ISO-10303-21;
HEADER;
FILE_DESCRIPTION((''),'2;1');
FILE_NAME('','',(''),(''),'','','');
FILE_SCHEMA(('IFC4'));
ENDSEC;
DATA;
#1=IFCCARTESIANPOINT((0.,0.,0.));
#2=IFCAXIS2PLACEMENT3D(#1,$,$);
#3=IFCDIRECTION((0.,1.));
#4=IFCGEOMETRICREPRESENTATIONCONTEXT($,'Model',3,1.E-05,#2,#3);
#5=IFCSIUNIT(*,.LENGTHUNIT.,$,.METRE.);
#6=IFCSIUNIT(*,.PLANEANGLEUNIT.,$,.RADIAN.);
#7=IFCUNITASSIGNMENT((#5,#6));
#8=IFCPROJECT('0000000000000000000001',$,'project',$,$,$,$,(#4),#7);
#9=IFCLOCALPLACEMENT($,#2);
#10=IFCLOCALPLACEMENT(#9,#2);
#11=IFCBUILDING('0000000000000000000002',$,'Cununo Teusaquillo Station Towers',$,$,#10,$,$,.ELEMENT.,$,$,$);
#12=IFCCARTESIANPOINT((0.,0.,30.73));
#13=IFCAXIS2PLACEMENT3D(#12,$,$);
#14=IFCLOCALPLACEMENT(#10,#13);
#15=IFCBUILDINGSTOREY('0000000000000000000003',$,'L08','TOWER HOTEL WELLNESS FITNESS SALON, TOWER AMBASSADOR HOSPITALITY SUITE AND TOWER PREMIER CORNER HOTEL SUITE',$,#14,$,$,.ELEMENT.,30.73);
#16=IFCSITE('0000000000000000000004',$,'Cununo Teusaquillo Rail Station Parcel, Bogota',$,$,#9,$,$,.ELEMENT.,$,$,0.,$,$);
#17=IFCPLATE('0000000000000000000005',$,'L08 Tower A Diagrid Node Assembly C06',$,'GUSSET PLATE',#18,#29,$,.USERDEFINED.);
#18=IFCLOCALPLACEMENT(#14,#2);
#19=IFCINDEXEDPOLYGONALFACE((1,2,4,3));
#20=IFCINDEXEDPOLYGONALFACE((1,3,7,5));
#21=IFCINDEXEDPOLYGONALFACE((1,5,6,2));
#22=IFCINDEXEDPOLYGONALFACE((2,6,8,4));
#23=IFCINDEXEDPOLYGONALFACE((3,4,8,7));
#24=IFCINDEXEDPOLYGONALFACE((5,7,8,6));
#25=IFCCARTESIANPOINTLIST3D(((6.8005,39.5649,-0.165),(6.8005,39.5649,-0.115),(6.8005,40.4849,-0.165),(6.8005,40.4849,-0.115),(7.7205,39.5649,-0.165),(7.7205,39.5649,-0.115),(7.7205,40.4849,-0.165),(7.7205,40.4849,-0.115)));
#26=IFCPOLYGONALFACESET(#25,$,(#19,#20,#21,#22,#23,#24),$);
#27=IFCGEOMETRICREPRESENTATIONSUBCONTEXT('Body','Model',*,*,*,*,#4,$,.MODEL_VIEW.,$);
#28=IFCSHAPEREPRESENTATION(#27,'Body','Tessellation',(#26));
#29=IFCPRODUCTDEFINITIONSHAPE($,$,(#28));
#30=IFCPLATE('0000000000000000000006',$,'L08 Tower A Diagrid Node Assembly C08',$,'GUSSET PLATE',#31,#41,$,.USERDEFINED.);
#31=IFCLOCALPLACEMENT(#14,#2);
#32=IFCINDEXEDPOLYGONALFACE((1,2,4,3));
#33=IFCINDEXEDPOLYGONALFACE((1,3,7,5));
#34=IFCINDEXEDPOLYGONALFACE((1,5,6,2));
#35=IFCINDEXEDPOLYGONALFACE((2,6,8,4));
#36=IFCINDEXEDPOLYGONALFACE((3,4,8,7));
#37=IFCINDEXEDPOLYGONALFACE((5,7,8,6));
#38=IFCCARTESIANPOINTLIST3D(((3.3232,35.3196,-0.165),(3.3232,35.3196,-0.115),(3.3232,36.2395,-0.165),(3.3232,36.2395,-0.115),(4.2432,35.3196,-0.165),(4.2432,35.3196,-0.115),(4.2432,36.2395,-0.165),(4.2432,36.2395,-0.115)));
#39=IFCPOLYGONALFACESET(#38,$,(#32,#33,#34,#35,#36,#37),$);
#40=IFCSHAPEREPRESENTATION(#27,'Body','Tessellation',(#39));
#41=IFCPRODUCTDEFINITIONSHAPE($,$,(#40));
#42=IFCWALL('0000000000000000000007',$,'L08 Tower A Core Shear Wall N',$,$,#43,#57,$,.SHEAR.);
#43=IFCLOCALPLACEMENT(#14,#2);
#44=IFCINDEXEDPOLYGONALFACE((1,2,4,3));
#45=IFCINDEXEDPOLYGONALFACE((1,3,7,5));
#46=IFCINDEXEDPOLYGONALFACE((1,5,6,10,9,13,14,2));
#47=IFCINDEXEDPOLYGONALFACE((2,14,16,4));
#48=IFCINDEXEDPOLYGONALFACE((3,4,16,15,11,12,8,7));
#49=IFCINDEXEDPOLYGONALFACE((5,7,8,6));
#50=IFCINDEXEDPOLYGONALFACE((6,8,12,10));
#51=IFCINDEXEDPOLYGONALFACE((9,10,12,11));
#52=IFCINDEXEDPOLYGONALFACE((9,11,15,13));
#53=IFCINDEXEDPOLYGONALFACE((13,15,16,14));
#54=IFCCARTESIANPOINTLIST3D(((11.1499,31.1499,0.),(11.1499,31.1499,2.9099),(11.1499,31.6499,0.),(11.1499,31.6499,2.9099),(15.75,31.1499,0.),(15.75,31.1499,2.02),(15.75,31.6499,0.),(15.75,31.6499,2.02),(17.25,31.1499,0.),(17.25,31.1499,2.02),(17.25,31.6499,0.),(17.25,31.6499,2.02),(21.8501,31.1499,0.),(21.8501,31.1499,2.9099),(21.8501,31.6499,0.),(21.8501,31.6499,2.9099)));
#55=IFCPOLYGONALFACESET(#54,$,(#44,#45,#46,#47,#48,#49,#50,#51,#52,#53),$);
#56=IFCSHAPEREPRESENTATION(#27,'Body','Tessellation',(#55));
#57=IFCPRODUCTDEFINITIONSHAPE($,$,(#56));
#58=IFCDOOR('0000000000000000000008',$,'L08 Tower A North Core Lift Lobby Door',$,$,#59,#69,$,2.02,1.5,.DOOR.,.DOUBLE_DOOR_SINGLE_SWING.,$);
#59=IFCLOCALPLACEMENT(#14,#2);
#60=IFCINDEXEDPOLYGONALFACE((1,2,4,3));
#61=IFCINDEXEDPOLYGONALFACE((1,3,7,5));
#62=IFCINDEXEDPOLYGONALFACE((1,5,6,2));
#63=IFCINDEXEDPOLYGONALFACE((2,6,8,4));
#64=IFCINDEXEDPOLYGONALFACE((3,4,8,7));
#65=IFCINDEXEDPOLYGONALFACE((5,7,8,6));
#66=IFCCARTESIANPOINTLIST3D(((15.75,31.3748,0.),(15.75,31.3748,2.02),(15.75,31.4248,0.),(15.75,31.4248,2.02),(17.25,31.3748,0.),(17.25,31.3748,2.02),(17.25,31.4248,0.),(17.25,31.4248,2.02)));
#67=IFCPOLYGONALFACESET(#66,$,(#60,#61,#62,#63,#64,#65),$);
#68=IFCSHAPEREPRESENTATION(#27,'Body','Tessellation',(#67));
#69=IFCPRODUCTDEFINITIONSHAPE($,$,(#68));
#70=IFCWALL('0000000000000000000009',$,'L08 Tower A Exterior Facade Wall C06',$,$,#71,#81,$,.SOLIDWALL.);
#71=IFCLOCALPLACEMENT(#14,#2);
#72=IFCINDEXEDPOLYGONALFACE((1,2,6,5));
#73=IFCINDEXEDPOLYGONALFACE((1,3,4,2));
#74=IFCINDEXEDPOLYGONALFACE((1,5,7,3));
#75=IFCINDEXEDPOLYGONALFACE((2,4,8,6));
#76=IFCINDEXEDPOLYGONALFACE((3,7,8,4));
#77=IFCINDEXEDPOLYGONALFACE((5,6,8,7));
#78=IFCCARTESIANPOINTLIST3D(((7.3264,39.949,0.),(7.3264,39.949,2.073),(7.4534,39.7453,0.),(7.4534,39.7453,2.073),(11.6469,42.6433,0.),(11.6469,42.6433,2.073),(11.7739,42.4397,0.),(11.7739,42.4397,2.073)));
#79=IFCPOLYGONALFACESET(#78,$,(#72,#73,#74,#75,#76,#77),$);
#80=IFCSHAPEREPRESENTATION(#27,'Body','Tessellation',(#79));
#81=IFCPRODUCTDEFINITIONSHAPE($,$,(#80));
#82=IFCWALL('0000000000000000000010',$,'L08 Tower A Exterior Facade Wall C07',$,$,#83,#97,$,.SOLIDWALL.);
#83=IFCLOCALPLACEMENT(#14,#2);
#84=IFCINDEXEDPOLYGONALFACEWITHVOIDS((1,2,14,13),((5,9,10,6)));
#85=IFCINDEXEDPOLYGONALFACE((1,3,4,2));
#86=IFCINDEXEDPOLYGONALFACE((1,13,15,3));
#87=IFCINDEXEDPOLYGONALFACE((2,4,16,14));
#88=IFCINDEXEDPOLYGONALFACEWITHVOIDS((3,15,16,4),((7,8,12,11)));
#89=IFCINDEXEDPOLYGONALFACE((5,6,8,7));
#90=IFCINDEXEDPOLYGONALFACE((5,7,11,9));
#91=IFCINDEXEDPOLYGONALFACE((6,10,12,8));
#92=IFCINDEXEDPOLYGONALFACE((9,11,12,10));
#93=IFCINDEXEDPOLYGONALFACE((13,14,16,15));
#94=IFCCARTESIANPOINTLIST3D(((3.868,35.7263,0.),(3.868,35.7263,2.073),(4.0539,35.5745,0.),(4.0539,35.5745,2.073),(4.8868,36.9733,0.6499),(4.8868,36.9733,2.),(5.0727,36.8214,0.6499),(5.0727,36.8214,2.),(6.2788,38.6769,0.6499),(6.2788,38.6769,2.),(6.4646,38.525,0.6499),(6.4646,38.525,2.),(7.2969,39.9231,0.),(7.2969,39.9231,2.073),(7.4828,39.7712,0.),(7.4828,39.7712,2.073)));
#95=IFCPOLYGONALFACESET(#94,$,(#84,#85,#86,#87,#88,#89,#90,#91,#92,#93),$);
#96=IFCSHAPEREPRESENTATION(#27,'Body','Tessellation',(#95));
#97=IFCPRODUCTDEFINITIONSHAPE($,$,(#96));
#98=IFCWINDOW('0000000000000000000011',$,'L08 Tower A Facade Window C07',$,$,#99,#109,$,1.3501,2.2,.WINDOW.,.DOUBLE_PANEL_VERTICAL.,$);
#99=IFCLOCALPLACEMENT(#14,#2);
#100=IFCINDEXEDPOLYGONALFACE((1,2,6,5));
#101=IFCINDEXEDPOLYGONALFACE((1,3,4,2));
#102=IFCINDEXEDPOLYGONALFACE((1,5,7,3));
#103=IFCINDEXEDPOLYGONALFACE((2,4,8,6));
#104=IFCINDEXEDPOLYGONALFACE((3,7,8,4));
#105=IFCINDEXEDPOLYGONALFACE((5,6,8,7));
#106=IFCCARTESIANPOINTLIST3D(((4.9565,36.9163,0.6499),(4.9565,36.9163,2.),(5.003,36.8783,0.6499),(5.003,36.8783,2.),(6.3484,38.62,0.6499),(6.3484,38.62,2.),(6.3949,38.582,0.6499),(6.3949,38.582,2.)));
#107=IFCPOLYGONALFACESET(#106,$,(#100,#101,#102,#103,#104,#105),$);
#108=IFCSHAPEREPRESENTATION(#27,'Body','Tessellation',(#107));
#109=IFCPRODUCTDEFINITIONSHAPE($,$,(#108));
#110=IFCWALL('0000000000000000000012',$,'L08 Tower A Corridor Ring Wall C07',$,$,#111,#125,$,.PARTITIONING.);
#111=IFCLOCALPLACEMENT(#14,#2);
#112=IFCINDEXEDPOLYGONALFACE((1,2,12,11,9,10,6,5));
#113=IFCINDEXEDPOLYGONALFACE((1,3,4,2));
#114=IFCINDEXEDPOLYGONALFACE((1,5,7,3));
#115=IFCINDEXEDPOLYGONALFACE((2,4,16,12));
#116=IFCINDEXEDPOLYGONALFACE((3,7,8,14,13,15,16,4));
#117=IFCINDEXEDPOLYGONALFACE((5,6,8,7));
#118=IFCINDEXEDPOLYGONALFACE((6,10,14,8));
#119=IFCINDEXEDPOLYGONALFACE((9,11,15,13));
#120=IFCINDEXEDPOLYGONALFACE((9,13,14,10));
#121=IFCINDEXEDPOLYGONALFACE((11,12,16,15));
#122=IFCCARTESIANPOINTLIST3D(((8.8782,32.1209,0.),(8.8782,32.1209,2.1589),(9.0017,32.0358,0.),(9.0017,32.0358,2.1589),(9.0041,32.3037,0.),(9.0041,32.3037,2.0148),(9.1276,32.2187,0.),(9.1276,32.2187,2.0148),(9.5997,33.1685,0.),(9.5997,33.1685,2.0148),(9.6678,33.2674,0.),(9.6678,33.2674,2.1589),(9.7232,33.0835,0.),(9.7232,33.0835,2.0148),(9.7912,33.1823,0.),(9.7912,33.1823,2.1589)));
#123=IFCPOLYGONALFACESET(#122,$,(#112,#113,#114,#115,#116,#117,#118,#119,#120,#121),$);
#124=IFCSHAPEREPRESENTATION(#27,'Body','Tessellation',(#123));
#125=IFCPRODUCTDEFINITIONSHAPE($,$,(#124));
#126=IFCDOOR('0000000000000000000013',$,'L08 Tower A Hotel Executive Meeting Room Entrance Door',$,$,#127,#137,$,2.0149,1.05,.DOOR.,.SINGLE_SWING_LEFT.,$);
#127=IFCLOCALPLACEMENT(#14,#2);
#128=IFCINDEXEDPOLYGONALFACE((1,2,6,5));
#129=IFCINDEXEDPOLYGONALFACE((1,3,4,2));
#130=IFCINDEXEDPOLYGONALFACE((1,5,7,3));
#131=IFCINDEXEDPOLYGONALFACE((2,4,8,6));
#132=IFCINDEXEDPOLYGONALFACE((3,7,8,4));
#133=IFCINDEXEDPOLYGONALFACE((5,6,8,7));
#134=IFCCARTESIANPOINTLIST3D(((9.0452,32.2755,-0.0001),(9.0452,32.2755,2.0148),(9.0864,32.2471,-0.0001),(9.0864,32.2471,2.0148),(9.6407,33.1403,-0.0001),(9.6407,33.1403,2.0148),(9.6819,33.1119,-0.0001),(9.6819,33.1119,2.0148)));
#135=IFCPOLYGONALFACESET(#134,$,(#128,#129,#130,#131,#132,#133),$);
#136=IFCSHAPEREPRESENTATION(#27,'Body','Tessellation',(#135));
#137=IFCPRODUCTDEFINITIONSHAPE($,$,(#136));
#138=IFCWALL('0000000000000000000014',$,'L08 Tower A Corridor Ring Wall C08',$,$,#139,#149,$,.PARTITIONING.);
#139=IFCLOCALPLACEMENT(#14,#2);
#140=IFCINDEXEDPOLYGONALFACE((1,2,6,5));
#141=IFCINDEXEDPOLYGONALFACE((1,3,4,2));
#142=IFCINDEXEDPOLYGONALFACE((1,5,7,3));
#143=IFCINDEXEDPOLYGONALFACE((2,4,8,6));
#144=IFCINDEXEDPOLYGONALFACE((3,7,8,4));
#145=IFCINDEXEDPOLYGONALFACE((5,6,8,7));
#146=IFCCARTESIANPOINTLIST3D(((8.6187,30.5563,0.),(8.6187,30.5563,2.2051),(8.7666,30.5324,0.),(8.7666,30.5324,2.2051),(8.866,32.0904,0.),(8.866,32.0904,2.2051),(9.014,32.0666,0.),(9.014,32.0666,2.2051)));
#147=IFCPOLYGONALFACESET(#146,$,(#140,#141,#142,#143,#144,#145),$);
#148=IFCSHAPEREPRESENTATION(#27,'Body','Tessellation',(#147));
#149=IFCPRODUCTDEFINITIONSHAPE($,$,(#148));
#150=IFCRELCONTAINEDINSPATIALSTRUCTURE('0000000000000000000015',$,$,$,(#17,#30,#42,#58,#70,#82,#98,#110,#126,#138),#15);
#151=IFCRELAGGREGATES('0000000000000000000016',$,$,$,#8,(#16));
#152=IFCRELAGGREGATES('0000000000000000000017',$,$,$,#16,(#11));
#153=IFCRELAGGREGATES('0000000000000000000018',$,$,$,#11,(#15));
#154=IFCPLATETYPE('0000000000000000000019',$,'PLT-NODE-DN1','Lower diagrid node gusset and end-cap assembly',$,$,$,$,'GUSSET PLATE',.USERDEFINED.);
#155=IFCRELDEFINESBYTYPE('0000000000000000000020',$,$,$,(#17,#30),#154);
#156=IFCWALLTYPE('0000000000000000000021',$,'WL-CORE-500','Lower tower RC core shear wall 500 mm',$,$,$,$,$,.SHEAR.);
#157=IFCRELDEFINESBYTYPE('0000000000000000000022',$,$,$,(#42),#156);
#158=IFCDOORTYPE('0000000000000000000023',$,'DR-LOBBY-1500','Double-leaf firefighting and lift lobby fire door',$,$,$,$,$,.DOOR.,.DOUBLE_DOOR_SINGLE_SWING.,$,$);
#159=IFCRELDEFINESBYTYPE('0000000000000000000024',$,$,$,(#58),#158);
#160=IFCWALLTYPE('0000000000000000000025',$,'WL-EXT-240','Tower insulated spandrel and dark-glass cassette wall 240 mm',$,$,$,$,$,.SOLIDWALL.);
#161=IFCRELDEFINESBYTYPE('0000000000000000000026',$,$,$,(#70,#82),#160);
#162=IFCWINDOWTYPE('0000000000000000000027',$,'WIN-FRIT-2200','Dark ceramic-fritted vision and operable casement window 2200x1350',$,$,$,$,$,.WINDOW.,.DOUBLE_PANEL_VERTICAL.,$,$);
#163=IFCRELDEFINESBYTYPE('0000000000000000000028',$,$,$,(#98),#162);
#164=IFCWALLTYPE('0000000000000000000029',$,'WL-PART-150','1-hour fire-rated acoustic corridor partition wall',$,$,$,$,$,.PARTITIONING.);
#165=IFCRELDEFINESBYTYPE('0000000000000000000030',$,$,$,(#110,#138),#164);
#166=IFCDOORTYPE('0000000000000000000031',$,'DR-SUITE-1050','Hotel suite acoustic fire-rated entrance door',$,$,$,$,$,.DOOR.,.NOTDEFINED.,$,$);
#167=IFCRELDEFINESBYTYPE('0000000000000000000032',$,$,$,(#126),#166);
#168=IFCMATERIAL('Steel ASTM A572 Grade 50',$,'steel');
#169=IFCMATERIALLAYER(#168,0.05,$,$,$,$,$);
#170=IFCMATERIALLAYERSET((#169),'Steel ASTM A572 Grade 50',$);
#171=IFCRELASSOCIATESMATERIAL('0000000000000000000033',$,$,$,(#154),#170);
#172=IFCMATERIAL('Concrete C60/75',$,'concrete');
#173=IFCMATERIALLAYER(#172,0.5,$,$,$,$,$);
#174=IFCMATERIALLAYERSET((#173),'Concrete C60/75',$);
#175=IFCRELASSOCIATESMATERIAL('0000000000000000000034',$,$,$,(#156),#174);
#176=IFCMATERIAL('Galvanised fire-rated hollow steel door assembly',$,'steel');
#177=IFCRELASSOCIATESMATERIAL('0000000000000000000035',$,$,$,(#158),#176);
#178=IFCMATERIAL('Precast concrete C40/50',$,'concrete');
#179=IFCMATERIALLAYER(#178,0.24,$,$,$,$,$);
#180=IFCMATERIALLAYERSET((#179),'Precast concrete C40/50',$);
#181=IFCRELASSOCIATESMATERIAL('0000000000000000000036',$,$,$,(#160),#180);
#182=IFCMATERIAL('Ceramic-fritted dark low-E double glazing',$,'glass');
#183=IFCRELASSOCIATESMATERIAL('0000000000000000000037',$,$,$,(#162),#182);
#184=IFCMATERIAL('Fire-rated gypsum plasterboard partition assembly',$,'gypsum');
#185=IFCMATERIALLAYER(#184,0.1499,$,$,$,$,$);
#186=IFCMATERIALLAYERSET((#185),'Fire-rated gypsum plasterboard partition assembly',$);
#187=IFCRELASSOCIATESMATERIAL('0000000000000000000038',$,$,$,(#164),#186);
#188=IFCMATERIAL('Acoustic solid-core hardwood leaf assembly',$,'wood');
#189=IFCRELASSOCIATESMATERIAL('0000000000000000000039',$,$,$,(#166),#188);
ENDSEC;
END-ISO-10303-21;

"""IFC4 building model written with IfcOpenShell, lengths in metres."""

from ifc_helpers import new_model, si_unit, direction, frame, frame_2d, origin, origin_2d, place, context, subcontext, project, spatial, rectangle, extrude, source, transform, mapped, material, layer, layer_set, type_object, element, fill, save


model = new_model("IFC4")

# Units and contexts
model_context = context("Model", 3, precision=1e-05, world=origin(), true_north=direction((0.0, 1.0)))
body_context = subcontext(model_context, "Body", "Model", "MODEL_VIEW")
ifc_project = project(units=[si_unit("LENGTHUNIT", "METRE"), si_unit("PLANEANGLEUNIT", "RADIAN")], contexts=[model_context])

# Site, building, storey
site_placement = place(None, origin())
site = spatial("IfcSite", under=ifc_project, at=site_placement, Name="Cununo Teusaquillo Rail Station Parcel, Bogota", CompositionType="ELEMENT", RefElevation=0.0)
building_placement = place(site_placement, origin())
building = spatial("IfcBuilding", under=site, at=building_placement, Name="Cununo Teusaquillo Station Towers", CompositionType="ELEMENT")
storey_placement = place(building_placement, frame((0.0, 0.0, 30.73)))
storey = spatial("IfcBuildingStorey", under=building, at=storey_placement, Name="L08", Description="TOWER HOTEL WELLNESS FITNESS SALON, TOWER AMBASSADOR HOSPITALITY SUITE AND TOWER PREMIER CORNER HOTEL SUITE", CompositionType="ELEMENT", Elevation=30.73)

# Plates
ifc_material_1 = material(Name="Steel ASTM A572 Grade 50", Category="steel")
ifc_layer_1 = layer(ifc_material_1, 0.05)
ifc_layer_set_1 = layer_set([ifc_layer_1], Name="Steel ASTM A572 Grade 50")
plate_type = type_object("IfcPlateType", Name="PLT-NODE-DN1", Description="Lower diagrid node gusset and end-cap assembly", ElementType="GUSSET PLATE", PredefinedType="USERDEFINED", material=ifc_layer_set_1)
shared_shape_1 = source(origin(), body_context, "Body", "SweptSolid", [
    extrude(rectangle(XDim=0.9199, YDim=0.9199, at=origin_2d()), origin(), (0.0, 0.0, 1.0), 0.05),
])
for number, where, z_axis, x_axis, name in (
    (1, (7.2605, 40.0249, -0.165), (0.0, 0.0, 1.0), (1.0, 0.0, 0.0), "L08 Tower A Diagrid Node Assembly C06"),
    (2, (3.7832, 35.7795, -0.165), (0.0, 0.0, 1.0), (1.0, 0.0, 0.0), "L08 Tower A Diagrid Node Assembly C08"),
):
    element("IfcPlate", number, at=place(storey_placement, frame(where, z_axis=z_axis, x_axis=x_axis)), inside=storey, type_object=plate_type, Name=name, ObjectType="GUSSET PLATE", PredefinedType="USERDEFINED", context=body_context, shape_type="MappedRepresentation", body=[
        mapped(shared_shape_1, transform((0.0, 0.0, 0.0), x_axis=(1.0, 0.0, 0.0), y_axis=(0.0, 1.0, 0.0), z_axis=(0.0, 0.0, 1.0), scale=1.0)),
    ])

# Wall, opening, door
ifc_material_2 = material(Name="Concrete C60/75", Category="concrete")
ifc_layer_2 = layer(ifc_material_2, 0.5)
ifc_layer_set_2 = layer_set([ifc_layer_2], Name="Concrete C60/75")
wall_type_1 = type_object("IfcWallType", Name="WL-CORE-500", Description="Lower tower RC core shear wall 500 mm", PredefinedType="SHEAR", material=ifc_layer_set_2)
wall_1_placement = place(storey_placement, frame((11.1499, 31.3999, 0.0), z_axis=(0.0, 0.0, 1.0), x_axis=(1.0, 0.0, 0.0)))
wall_1 = element("IfcWall", 3, at=wall_1_placement, inside=storey, type_object=wall_type_1, Name="L08 Tower A Core Shear Wall N", PredefinedType="SHEAR", context=body_context, shape_type="SweptSolid", body=[
    extrude(rectangle(XDim=10.7002, YDim=0.5, at=frame_2d((5.3501, 0.0))), origin(), (0.0, 0.0, 1.0), 2.9099),
])
shared_shape_2 = source(origin(), body_context, "Body", "SweptSolid", [
    extrude(rectangle(XDim=1.5, YDim=2.02, at=frame_2d((0.75, 1.01))), frame((0.0, 0.26, 0.0), z_axis=(0.0, -1.0, 0.0), x_axis=(1.0, 0.0, 0.0)), (0.0, 0.0, 1.0), 0.52),
])
opening_1_placement = place(wall_1_placement, frame((4.6001, 0.0, 0.0)))
opening_1 = element("IfcOpeningElement", 4, at=opening_1_placement, cuts=wall_1, PredefinedType="OPENING", context=body_context, shape_type="MappedRepresentation", body=[
    mapped(shared_shape_2, transform((0.0, 0.0, 0.0), x_axis=(1.0, 0.0, 0.0), y_axis=(0.0, 1.0, 0.0), z_axis=(0.0, 0.0, 1.0), scale=1.0)),
])
ifc_material_3 = material(Name="Galvanised fire-rated hollow steel door assembly", Category="steel")
door_type_1 = type_object("IfcDoorType", Name="DR-LOBBY-1500", Description="Double-leaf firefighting and lift lobby fire door", OperationType="DOUBLE_DOOR_SINGLE_SWING", PredefinedType="DOOR", material=ifc_material_3)
shared_shape_3 = source(origin(), body_context, "Body", "SweptSolid", [
    extrude(rectangle(XDim=1.5, YDim=2.02, at=frame_2d((0.75, 1.01))), frame((0.0, 0.0249, 0.0), z_axis=(0.0, -1.0, 0.0), x_axis=(1.0, 0.0, 0.0)), (0.0, 0.0, 1.0), 0.05),
])
door_1_placement = place(opening_1_placement, origin())
door_1 = element("IfcDoor", 5, at=door_1_placement, inside=storey, type_object=door_type_1, Name="L08 Tower A North Core Lift Lobby Door", OperationType="DOUBLE_DOOR_SINGLE_SWING", OverallHeight=2.02, OverallWidth=1.5, PredefinedType="DOOR", context=body_context, shape_type="MappedRepresentation", body=[
    mapped(shared_shape_3, transform((0.0, 0.0, 0.0), x_axis=(1.0, 0.0, 0.0), y_axis=(0.0, 1.0, 0.0), z_axis=(0.0, 0.0, 1.0), scale=1.0)),
])
fill(opening_1, door_1)

# Wall
ifc_material_4 = material(Name="Precast concrete C40/50", Category="concrete")
ifc_layer_3 = layer(ifc_material_4, 0.24)
ifc_layer_set_3 = layer_set([ifc_layer_3], Name="Precast concrete C40/50")
wall_type_2 = type_object("IfcWallType", Name="WL-EXT-240", Description="Tower insulated spandrel and dark-glass cassette wall 240 mm", PredefinedType="SOLIDWALL", material=ifc_layer_set_3)
wall_2_placement = place(storey_placement, frame((7.3899, 39.8472, 0.0), z_axis=(0.0, 0.0, 1.0), x_axis=(0.848529, 0.52915, 0.0)))
element("IfcWall", 6, at=wall_2_placement, inside=storey, type_object=wall_type_2, Name="L08 Tower A Exterior Facade Wall C06", PredefinedType="SOLIDWALL", context=body_context, shape_type="SweptSolid", body=[
    extrude(rectangle(XDim=5.0918, YDim=0.24, at=frame_2d((2.5459, 0.0))), origin(), (0.0, 0.0, 1.0), 2.073),
])

# Wall, opening, window
wall_3_placement = place(storey_placement, frame((3.9609, 35.6504, 0.0), z_axis=(0.0, 0.0, 1.0), x_axis=(0.63271, 0.774389, 0.0)))
wall_3 = element("IfcWall", 7, at=wall_3_placement, inside=storey, type_object=wall_type_2, Name="L08 Tower A Exterior Facade Wall C07", PredefinedType="SOLIDWALL", context=body_context, shape_type="SweptSolid", body=[
    extrude(rectangle(XDim=5.4194, YDim=0.24, at=frame_2d((2.7097, 0.0))), origin(), (0.0, 0.0, 1.0), 2.073),
])
shared_shape_4 = source(origin(), body_context, "Body", "SweptSolid", [
    extrude(rectangle(XDim=2.2, YDim=1.3501, at=frame_2d((1.1001, 0.675))), frame((0.0, 0.1299, 0.0), z_axis=(0.0, -1.0, 0.0), x_axis=(1.0, 0.0, 0.0)), (0.0, 0.0, 1.0), 0.26),
])
opening_2_placement = place(wall_3_placement, frame((1.6101, 0.0, 0.6499)))
opening_2 = element("IfcOpeningElement", 8, at=opening_2_placement, cuts=wall_3, PredefinedType="OPENING", context=body_context, shape_type="MappedRepresentation", body=[
    mapped(shared_shape_4, transform((0.0, 0.0, 0.0), x_axis=(1.0, 0.0, 0.0), y_axis=(0.0, 1.0, 0.0), z_axis=(0.0, 0.0, 1.0), scale=1.0)),
])
ifc_material_5 = material(Name="Ceramic-fritted dark low-E double glazing", Category="glass")
window_type = type_object("IfcWindowType", Name="WIN-FRIT-2200", Description="Dark ceramic-fritted vision and operable casement window 2200x1350", PartitioningType="DOUBLE_PANEL_VERTICAL", PredefinedType="WINDOW", material=ifc_material_5)
shared_shape_5 = source(origin(), body_context, "Body", "SweptSolid", [
    extrude(rectangle(XDim=2.2, YDim=1.3501, at=frame_2d((1.1001, 0.675))), frame((0.0, 0.03, 0.0), z_axis=(0.0, -1.0, 0.0), x_axis=(1.0, 0.0, 0.0)), (0.0, 0.0, 1.0), 0.0601),
])
window_placement = place(opening_2_placement, origin())
window = element("IfcWindow", 9, at=window_placement, inside=storey, type_object=window_type, Name="L08 Tower A Facade Window C07", OverallHeight=1.3501, OverallWidth=2.2, PartitioningType="DOUBLE_PANEL_VERTICAL", PredefinedType="WINDOW", context=body_context, shape_type="MappedRepresentation", body=[
    mapped(shared_shape_5, transform((0.0, 0.0, 0.0), x_axis=(1.0, 0.0, 0.0), y_axis=(0.0, 1.0, 0.0), z_axis=(0.0, 0.0, 1.0), scale=1.0)),
])
fill(opening_2, window)

# Wall, opening, door
ifc_material_6 = material(Name="Fire-rated gypsum plasterboard partition assembly", Category="gypsum")
ifc_layer_4 = layer(ifc_material_6, 0.1499)
ifc_layer_set_4 = layer_set([ifc_layer_4], Name="Fire-rated gypsum plasterboard partition assembly")
wall_type_3 = type_object("IfcWallType", Name="WL-PART-150", Description="1-hour fire-rated acoustic corridor partition wall", PredefinedType="PARTITIONING", material=ifc_layer_set_4)
wall_4_placement = place(storey_placement, frame((9.7295, 33.2249, 0.0), z_axis=(0.0, 0.0, 1.0), x_axis=(-0.567184, -0.823591, 0.0)))
wall_4 = element("IfcWall", 10, at=wall_4_placement, inside=storey, type_object=wall_type_3, Name="L08 Tower A Corridor Ring Wall C07", PredefinedType="PARTITIONING", context=body_context, shape_type="SweptSolid", body=[
    extrude(rectangle(XDim=1.3921, YDim=0.1499, at=frame_2d((0.696, 0.0))), origin(), (0.0, 0.0, 1.0), 2.1589),
])
shared_shape_6 = source(origin(), body_context, "Body", "SweptSolid", [
    extrude(rectangle(XDim=1.05, YDim=2.0149, at=frame_2d((0.5249, 1.0073))), frame((0.0, 0.085, 0.0), z_axis=(0.0, -1.0, 0.0), x_axis=(1.0, 0.0, 0.0)), (0.0, 0.0, 1.0), 0.1699),
])
opening_3_placement = place(wall_4_placement, frame((0.1201, 0.0, 0.0)))
opening_3 = element("IfcOpeningElement", 11, at=opening_3_placement, cuts=wall_4, PredefinedType="OPENING", context=body_context, shape_type="MappedRepresentation", body=[
    mapped(shared_shape_6, transform((0.0, 0.0, 0.0), x_axis=(1.0, 0.0, 0.0), y_axis=(0.0, 1.0, 0.0), z_axis=(0.0, 0.0, 1.0), scale=1.0)),
])
ifc_material_7 = material(Name="Acoustic solid-core hardwood leaf assembly", Category="wood")
door_type_2 = type_object("IfcDoorType", Name="DR-SUITE-1050", Description="Hotel suite acoustic fire-rated entrance door", OperationType="NOTDEFINED", PredefinedType="DOOR", material=ifc_material_7)
shared_shape_7 = source(origin(), body_context, "Body", "SweptSolid", [
    extrude(rectangle(XDim=1.05, YDim=2.0149, at=frame_2d((0.5249, 1.0073))), frame((0.0, 0.0249, 0.0), z_axis=(0.0, -1.0, 0.0), x_axis=(1.0, 0.0, 0.0)), (0.0, 0.0, 1.0), 0.05),
])
door_2_placement = place(opening_3_placement, origin())
door_2 = element("IfcDoor", 12, at=door_2_placement, inside=storey, type_object=door_type_2, Name="L08 Tower A Hotel Executive Meeting Room Entrance Door", OperationType="SINGLE_SWING_LEFT", OverallHeight=2.0149, OverallWidth=1.05, PredefinedType="DOOR", context=body_context, shape_type="MappedRepresentation", body=[
    mapped(shared_shape_7, transform((0.0, 0.0, 0.0), x_axis=(1.0, 0.0, 0.0), y_axis=(0.0, 1.0, 0.0), z_axis=(0.0, 0.0, 1.0), scale=1.0)),
])
fill(opening_3, door_2)

# Wall
wall_5_placement = place(storey_placement, frame((8.9399, 32.0784, 0.0), z_axis=(0.0, 0.0, 1.0), x_axis=(-0.159148, -0.987255, 0.0)))
element("IfcWall", 13, at=wall_5_placement, inside=storey, type_object=wall_type_3, Name="L08 Tower A Corridor Ring Wall C08", PredefinedType="PARTITIONING", context=body_context, shape_type="SweptSolid", body=[
    extrude(rectangle(XDim=1.554, YDim=0.1499, at=frame_2d((0.7769, 0.0))), origin(), (0.0, 0.0, 1.0), 2.2051),
])

save(model, "model.ifc")
